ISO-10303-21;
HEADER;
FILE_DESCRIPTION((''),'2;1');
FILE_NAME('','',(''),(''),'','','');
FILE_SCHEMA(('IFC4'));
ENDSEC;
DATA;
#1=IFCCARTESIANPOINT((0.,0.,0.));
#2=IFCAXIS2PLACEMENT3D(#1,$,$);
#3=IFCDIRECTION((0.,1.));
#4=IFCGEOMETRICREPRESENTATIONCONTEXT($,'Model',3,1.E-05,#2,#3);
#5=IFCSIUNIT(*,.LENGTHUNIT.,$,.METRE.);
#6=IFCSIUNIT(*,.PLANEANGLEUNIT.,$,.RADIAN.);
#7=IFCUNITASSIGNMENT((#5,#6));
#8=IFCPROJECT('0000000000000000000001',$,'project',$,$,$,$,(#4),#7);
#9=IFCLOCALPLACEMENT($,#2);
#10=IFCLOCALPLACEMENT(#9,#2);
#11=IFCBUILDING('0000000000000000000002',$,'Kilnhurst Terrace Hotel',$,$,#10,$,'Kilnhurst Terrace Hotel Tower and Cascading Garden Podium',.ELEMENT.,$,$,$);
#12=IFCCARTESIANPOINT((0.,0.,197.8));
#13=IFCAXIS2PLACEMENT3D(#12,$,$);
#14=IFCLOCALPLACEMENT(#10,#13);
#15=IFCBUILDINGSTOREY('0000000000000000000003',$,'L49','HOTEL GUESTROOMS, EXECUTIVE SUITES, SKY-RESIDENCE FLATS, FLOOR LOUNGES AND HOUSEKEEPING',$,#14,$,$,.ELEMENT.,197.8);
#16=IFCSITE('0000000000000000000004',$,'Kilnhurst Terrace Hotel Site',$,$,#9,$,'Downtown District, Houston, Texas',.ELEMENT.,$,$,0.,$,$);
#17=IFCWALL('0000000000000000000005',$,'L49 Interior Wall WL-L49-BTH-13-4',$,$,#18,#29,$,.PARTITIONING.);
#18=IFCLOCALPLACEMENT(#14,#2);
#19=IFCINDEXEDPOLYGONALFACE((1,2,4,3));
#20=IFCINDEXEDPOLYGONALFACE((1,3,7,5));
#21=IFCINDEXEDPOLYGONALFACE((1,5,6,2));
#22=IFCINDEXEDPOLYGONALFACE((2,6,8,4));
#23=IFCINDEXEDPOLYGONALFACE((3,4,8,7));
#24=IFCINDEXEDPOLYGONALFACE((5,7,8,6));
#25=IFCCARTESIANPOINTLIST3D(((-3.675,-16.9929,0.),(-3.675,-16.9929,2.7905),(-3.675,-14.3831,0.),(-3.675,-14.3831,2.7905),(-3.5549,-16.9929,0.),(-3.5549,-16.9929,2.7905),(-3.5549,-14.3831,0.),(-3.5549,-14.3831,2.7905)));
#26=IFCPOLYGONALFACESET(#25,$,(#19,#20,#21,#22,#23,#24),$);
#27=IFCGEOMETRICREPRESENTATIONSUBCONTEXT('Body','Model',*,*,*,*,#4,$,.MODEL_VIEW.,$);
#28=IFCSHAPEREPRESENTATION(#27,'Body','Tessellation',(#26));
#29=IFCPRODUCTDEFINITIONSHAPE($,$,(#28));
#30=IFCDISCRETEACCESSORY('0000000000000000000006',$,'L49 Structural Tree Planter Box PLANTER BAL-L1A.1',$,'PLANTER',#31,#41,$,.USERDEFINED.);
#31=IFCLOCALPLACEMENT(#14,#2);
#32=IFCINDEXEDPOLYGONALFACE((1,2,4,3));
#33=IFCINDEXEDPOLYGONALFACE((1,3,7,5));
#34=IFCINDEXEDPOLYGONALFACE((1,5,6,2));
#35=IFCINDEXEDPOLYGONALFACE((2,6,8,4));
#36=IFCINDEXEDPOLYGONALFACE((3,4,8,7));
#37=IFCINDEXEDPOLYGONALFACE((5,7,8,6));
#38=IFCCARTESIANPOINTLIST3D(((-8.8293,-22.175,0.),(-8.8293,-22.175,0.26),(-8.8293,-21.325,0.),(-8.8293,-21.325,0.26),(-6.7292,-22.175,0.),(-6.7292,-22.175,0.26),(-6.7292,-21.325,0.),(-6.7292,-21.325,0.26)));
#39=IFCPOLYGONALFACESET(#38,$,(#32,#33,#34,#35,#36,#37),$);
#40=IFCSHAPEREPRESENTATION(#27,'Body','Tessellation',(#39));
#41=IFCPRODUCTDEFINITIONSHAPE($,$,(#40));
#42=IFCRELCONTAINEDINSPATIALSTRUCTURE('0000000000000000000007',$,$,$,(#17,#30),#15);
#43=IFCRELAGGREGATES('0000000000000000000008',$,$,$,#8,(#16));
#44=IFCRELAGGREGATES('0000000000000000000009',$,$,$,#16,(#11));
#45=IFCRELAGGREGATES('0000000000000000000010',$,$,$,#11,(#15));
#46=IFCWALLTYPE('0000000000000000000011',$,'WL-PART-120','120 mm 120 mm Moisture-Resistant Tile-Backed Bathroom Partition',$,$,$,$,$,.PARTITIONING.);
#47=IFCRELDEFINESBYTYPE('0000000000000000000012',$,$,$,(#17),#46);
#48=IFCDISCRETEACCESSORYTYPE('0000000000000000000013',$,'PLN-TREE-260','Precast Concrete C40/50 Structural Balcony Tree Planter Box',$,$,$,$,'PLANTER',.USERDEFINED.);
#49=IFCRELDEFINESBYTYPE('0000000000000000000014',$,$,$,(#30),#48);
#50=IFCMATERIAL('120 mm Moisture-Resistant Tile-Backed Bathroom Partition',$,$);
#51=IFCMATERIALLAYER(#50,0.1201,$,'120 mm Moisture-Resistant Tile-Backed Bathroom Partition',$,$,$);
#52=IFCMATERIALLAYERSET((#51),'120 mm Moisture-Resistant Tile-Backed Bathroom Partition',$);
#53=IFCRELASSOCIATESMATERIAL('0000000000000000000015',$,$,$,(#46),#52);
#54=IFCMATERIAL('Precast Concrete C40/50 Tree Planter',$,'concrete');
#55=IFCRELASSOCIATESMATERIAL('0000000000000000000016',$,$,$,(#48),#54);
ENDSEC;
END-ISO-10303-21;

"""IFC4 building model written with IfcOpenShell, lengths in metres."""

from ifc_helpers import new_model, si_unit, direction, frame, frame_2d, origin, origin_2d, place, context, subcontext, project, spatial, rectangle, extrude, material, layer, layer_set, type_object, element, save


model = new_model("IFC4")

# Units and contexts
model_context = context("Model", 3, precision=1e-05, world=origin(), true_north=direction((0.0, 1.0)))
body_context = subcontext(model_context, "Body", "Model", "MODEL_VIEW")
ifc_project = project(units=[si_unit("LENGTHUNIT", "METRE"), si_unit("PLANEANGLEUNIT", "RADIAN")], contexts=[model_context])

# Site, building, storey
site_placement = place(None, origin())
site = spatial("IfcSite", under=ifc_project, at=site_placement, Name="Kilnhurst Terrace Hotel Site", LongName="Downtown District, Houston, Texas", CompositionType="ELEMENT", RefElevation=0.0)
building_placement = place(site_placement, origin())
building = spatial("IfcBuilding", under=site, at=building_placement, Name="Kilnhurst Terrace Hotel", LongName="Kilnhurst Terrace Hotel Tower and Cascading Garden Podium", CompositionType="ELEMENT")
storey_placement = place(building_placement, frame((0.0, 0.0, 197.8)))
storey = spatial("IfcBuildingStorey", under=building, at=storey_placement, Name="L49", Description="HOTEL GUESTROOMS, EXECUTIVE SUITES, SKY-RESIDENCE FLATS, FLOOR LOUNGES AND HOUSEKEEPING", CompositionType="ELEMENT", Elevation=197.8)

# Shared definitions
ifc_material_1 = material(Name="120 mm Moisture-Resistant Tile-Backed Bathroom Partition")
ifc_layer_1 = layer(ifc_material_1, 0.1201, Name="120 mm Moisture-Resistant Tile-Backed Bathroom Partition")
ifc_layer_set_1 = layer_set([ifc_layer_1], Name="120 mm Moisture-Resistant Tile-Backed Bathroom Partition")
wall_type_1 = type_object("IfcWallType", Name="WL-PART-120", Description="120 mm 120 mm Moisture-Resistant Tile-Backed Bathroom Partition", PredefinedType="PARTITIONING", material=ifc_layer_set_1)

# Wall
wall_1_placement = place(storey_placement, frame((-3.615, -14.3831, 0.0), z_axis=(0.0, 0.0, 1.0), x_axis=(0.0, -1.0, 0.0)))
element("IfcWall", 1, at=wall_1_placement, inside=storey, type_object=wall_type_1, Name="L49 Interior Wall WL-L49-BTH-13-4", PredefinedType="PARTITIONING", context=body_context, shape_type="SweptSolid", body=[
    extrude(rectangle(XDim=2.6099, YDim=0.1201, at=frame_2d((1.3049, 0.0))), origin(), (0.0, 0.0, 1.0), 2.7905),
])

# Discrete accessory
ifc_material_2 = material(Name="Precast Concrete C40/50 Tree Planter", Category="concrete")
discrete_accessory_type = type_object("IfcDiscreteAccessoryType", Name="PLN-TREE-260", Description="Precast Concrete C40/50 Structural Balcony Tree Planter Box", ElementType="PLANTER", PredefinedType="USERDEFINED", material=ifc_material_2)
discrete_accessory_placement = place(storey_placement, frame((-7.7793, -21.75, 0.0), z_axis=(0.0, 0.0, 1.0), x_axis=(1.0, 0.0, 0.0)))
element("IfcDiscreteAccessory", 2, at=discrete_accessory_placement, inside=storey, type_object=discrete_accessory_type, Name="L49 Structural Tree Planter Box PLANTER BAL-L1A.1", ObjectType="PLANTER", PredefinedType="USERDEFINED", context=body_context, shape_type="SweptSolid", body=[
    extrude(rectangle(XDim=2.1001, YDim=0.8501, at=origin_2d()), origin(), (0.0, 0.0, 1.0), 0.26),
])

save(model, "model.ifc")
